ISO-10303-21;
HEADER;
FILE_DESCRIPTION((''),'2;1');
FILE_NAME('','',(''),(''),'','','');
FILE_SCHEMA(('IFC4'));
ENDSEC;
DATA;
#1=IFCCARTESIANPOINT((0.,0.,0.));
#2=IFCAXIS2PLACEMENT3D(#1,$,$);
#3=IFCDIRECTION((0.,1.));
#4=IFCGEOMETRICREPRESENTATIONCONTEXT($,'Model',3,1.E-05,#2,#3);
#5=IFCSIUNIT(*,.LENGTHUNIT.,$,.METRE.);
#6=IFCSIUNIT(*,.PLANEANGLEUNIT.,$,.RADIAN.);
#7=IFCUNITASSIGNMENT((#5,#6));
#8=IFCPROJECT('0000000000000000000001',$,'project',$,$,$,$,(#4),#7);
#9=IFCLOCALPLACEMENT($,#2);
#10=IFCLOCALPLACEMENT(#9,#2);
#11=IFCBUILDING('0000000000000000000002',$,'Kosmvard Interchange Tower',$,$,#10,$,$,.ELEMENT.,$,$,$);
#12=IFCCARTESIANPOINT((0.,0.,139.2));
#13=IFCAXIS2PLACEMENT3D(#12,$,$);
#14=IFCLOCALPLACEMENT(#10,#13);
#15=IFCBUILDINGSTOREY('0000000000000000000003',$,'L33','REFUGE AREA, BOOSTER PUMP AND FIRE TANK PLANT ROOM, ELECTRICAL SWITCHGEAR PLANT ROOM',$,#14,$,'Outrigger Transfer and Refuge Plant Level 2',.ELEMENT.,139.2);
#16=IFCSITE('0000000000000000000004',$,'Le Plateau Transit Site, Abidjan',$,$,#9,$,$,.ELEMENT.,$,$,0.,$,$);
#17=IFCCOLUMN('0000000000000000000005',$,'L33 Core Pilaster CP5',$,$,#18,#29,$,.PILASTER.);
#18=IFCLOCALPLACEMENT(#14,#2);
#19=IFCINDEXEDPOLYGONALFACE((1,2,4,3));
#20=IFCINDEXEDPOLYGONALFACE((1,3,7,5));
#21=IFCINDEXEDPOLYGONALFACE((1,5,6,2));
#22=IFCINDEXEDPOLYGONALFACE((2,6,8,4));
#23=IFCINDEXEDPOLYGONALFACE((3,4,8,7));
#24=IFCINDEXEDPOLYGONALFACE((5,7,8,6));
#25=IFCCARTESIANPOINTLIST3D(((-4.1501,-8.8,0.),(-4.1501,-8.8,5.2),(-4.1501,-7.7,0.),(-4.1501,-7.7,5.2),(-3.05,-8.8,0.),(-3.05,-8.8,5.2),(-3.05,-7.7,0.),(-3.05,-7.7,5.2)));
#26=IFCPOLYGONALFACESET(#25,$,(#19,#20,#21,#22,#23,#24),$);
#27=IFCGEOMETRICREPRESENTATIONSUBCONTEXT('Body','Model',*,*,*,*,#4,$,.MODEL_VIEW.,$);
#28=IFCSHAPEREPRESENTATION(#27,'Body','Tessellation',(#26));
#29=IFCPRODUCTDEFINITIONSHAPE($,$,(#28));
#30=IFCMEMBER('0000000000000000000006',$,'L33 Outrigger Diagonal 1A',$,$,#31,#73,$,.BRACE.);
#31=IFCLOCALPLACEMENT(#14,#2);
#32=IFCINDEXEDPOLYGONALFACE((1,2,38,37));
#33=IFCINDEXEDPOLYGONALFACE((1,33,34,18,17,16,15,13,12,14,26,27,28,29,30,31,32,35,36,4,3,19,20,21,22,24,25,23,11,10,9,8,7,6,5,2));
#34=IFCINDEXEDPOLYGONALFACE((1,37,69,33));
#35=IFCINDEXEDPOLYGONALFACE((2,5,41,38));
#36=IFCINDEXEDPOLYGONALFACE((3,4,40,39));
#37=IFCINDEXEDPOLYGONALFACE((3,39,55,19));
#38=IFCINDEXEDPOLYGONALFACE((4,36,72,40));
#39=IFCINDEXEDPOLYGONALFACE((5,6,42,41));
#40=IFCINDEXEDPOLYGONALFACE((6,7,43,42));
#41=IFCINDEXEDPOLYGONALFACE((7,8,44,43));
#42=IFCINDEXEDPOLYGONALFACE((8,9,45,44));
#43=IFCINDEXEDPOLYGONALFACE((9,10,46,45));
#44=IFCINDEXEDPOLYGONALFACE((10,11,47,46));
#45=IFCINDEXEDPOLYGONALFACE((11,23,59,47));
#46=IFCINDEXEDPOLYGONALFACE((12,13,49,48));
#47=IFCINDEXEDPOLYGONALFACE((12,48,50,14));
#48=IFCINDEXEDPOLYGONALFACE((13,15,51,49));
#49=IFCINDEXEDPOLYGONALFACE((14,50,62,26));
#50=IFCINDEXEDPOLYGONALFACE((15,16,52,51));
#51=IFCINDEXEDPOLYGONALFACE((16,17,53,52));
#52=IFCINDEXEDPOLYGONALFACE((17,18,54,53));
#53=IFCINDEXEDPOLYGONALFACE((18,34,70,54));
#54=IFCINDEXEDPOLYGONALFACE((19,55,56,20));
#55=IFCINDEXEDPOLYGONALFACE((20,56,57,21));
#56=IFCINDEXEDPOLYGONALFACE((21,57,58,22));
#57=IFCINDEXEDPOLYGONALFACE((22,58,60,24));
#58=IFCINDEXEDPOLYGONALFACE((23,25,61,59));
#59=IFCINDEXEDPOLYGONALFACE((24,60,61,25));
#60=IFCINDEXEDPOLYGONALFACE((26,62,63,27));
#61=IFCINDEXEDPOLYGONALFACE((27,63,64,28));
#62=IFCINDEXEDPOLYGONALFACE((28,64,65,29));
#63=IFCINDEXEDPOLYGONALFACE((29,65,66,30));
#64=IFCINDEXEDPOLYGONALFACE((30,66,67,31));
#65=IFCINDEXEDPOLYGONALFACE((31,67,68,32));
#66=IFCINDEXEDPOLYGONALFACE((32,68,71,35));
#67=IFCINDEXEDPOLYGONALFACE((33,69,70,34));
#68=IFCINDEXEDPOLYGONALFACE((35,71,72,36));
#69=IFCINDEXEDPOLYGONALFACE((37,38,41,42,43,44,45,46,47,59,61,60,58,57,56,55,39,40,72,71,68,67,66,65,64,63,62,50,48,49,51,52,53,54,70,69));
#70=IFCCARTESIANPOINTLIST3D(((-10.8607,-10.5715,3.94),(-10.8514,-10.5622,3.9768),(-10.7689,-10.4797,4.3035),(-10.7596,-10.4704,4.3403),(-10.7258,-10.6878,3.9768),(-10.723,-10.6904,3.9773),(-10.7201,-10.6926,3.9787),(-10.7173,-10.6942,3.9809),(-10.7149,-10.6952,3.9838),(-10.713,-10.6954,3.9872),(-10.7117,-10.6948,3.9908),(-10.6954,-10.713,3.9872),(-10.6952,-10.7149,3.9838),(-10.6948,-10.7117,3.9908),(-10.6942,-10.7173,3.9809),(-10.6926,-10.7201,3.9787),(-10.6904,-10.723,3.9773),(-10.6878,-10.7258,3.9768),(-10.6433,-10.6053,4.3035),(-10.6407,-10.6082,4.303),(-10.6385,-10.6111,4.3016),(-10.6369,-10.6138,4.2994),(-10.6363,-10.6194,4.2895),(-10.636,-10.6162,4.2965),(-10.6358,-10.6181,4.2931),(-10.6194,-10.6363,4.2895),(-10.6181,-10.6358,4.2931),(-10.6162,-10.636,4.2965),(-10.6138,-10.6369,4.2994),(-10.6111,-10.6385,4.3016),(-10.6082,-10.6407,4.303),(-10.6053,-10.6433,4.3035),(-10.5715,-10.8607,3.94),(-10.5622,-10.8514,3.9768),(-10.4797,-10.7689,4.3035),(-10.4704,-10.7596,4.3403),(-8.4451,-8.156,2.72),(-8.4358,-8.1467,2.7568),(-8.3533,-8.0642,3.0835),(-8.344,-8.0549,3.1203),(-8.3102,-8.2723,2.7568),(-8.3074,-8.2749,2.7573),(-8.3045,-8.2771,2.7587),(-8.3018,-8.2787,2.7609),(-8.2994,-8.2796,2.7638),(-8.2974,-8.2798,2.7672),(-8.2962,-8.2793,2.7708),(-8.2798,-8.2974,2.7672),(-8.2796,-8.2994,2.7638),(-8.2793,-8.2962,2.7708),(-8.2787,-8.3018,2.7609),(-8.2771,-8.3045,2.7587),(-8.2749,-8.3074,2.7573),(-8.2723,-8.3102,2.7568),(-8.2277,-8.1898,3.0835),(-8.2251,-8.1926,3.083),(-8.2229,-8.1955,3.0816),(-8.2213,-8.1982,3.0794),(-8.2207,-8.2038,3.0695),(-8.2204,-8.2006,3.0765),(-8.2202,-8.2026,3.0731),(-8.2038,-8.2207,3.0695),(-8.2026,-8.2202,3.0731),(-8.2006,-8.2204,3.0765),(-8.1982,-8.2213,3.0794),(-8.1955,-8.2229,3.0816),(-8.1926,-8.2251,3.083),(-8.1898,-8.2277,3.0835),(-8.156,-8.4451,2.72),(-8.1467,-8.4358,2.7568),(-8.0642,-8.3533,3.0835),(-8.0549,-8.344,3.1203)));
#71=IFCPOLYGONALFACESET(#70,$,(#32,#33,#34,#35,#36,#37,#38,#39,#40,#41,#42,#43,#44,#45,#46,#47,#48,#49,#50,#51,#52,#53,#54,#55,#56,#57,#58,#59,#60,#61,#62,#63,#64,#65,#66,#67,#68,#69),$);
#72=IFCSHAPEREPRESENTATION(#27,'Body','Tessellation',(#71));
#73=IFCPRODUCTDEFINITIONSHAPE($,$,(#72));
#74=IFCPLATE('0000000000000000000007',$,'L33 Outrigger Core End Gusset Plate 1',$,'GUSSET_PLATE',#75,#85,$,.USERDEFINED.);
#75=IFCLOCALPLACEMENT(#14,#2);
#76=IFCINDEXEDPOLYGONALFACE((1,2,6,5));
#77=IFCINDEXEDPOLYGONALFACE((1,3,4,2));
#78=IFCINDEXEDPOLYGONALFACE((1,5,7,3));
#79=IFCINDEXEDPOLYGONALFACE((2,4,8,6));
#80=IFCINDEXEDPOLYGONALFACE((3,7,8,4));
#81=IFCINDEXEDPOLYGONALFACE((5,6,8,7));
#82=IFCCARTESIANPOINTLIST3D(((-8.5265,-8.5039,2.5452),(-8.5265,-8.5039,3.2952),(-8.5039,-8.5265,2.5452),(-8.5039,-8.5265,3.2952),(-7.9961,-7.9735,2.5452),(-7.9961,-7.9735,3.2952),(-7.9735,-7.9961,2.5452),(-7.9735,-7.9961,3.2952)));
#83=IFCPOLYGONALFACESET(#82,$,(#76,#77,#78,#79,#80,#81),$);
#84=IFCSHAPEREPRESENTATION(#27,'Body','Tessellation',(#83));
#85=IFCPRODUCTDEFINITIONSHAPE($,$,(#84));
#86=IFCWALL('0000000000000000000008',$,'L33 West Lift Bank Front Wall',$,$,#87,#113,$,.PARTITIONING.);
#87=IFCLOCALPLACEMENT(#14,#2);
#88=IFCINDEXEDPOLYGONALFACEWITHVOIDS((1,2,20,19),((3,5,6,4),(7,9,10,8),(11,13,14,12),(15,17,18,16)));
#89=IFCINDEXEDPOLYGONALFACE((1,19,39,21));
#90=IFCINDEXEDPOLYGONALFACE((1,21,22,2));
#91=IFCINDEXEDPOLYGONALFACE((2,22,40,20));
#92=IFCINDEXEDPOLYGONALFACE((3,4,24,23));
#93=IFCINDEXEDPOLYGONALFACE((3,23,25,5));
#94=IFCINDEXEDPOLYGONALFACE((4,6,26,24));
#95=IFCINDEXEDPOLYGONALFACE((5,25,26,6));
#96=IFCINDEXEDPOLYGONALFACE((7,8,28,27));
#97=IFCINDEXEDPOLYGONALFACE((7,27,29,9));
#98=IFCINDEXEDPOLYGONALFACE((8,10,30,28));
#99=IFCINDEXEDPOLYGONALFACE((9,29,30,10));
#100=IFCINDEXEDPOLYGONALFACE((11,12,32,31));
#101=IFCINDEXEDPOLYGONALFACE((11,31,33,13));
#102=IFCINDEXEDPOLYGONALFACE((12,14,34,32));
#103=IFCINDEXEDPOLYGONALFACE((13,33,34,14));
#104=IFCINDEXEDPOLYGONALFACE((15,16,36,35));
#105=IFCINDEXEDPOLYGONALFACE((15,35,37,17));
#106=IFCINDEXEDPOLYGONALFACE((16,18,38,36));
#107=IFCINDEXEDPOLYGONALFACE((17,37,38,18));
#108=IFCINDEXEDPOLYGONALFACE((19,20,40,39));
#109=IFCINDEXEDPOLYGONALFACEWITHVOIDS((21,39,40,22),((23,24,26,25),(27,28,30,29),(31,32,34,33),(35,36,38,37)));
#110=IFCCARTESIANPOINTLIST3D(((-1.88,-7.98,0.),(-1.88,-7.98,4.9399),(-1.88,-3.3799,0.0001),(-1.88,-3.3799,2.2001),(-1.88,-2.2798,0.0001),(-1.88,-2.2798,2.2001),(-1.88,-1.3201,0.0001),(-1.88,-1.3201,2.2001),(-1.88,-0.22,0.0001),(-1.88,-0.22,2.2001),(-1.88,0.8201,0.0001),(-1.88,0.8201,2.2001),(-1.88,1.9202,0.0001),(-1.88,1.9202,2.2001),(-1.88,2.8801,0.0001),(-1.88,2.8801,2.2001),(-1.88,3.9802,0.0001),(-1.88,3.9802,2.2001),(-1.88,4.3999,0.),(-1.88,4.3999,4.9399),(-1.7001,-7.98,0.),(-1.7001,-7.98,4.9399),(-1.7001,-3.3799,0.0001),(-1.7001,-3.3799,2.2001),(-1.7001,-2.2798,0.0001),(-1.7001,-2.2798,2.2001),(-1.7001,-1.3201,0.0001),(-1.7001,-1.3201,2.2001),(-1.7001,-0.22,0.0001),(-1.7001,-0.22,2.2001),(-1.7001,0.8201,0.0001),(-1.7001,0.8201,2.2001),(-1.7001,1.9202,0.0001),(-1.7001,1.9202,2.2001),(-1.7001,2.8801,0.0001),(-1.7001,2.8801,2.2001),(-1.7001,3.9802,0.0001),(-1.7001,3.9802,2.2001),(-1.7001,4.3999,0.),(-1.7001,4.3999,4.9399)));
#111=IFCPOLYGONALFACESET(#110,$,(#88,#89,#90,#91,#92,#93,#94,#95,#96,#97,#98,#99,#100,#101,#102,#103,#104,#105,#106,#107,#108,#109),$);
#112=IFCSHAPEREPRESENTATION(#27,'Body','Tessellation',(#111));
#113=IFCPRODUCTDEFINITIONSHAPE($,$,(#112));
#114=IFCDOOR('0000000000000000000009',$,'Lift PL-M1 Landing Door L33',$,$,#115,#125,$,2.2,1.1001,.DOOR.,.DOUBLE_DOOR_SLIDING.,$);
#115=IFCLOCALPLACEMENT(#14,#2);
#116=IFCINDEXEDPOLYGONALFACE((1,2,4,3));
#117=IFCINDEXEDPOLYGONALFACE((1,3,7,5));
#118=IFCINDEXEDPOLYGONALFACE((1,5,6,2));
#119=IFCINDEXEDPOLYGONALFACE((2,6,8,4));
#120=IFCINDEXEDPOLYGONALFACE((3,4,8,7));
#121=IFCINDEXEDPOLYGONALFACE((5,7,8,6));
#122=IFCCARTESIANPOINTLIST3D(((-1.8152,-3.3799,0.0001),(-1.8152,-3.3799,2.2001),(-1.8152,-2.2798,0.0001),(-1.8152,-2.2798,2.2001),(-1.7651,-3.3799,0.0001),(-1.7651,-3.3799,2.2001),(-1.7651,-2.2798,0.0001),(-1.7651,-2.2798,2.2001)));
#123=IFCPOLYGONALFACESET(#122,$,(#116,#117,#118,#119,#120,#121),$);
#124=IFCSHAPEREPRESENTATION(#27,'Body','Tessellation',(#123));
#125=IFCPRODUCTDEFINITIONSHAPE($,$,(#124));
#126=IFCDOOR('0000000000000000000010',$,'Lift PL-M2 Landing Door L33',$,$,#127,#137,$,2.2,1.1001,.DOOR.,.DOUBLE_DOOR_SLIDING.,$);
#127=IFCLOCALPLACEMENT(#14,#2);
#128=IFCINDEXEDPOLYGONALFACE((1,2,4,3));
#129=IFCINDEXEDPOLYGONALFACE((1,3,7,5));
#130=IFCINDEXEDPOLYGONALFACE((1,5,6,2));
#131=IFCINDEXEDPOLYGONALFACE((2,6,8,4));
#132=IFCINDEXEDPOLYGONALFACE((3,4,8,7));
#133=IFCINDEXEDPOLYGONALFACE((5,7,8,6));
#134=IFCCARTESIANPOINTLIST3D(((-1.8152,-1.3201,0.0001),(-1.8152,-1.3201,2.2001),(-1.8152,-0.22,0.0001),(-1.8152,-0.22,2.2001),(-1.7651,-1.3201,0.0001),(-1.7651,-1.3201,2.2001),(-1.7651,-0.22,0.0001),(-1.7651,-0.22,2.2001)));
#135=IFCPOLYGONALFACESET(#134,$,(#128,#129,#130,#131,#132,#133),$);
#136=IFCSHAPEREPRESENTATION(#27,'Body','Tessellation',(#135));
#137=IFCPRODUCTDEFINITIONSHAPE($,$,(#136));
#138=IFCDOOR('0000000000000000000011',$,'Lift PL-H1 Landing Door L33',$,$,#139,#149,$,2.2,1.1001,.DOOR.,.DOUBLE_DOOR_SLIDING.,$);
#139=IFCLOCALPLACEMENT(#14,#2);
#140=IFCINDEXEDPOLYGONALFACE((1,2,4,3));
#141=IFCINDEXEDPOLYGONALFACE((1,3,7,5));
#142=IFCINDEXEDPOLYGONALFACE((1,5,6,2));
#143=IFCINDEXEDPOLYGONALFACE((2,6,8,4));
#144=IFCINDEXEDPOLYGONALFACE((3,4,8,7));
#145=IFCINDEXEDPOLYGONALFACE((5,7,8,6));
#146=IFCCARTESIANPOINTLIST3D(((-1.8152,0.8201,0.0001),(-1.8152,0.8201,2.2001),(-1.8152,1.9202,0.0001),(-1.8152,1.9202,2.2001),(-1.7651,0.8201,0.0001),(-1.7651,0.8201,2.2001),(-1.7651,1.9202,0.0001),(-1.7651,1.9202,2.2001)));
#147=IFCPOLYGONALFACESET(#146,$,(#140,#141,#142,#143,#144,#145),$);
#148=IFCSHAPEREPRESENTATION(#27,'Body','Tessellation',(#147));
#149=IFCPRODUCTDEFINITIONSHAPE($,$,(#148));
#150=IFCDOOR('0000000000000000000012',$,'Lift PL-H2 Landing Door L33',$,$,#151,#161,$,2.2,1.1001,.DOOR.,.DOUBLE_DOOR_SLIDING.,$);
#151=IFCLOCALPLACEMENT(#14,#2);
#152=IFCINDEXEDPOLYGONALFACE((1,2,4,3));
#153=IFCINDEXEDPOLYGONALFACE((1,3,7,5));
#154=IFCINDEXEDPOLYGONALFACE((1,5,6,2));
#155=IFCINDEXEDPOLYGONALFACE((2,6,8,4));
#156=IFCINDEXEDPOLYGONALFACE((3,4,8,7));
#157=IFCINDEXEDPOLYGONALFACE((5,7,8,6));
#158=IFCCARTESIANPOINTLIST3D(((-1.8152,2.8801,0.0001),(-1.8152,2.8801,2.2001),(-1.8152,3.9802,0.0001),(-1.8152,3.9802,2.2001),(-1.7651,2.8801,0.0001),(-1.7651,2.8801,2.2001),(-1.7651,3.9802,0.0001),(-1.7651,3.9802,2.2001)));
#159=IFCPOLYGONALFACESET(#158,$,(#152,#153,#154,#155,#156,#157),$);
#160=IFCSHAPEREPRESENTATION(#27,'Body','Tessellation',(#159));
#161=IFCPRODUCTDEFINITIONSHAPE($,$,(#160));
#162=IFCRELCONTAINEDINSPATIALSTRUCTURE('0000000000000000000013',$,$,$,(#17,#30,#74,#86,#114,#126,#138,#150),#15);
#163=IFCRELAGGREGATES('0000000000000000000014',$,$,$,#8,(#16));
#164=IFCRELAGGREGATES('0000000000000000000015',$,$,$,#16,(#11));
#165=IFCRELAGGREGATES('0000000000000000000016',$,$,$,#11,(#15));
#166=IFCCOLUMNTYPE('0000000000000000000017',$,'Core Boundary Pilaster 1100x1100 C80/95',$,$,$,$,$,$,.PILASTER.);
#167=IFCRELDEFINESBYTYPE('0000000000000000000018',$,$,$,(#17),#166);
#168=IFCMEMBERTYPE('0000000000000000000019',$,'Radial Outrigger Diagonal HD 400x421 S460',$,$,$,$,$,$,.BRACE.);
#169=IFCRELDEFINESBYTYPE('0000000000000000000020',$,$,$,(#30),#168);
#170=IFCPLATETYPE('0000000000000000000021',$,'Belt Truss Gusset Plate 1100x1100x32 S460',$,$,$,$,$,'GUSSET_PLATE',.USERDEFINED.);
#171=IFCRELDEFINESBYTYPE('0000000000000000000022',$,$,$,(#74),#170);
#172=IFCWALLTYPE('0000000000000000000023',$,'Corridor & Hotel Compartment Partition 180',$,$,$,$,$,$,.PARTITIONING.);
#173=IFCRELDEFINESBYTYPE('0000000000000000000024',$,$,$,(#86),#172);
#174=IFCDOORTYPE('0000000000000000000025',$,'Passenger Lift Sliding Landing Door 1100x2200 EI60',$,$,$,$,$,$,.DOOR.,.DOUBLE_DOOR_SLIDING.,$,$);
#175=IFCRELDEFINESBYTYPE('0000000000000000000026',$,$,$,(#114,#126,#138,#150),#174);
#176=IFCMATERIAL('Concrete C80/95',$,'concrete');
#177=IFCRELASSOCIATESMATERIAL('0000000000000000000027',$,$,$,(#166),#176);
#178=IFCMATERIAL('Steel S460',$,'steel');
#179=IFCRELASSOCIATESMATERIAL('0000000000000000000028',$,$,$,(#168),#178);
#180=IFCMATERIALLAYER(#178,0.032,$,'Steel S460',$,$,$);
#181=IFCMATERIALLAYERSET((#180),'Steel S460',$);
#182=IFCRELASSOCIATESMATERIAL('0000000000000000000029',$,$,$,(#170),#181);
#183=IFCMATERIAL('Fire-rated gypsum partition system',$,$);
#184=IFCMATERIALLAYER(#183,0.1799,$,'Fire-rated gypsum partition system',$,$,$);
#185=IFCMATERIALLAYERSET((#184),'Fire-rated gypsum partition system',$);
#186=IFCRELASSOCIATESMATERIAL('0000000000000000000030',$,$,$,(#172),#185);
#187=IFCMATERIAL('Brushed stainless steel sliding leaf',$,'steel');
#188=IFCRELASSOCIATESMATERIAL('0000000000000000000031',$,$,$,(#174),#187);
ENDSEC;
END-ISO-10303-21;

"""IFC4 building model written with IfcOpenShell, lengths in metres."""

from ifc_helpers import new_model, si_unit, direction, frame, frame_2d, origin, origin_2d, place, context, subcontext, project, spatial, rectangle, i_section, extrude, source, transform, mapped, material, layer, layer_set, material_profile, profile_set, type_object, element, fill, save


model = new_model("IFC4")

# Units and contexts
model_context = context("Model", 3, precision=1e-05, world=origin(), true_north=direction((0.0, 1.0)))
body_context = subcontext(model_context, "Body", "Model", "MODEL_VIEW")
ifc_project = project(units=[si_unit("LENGTHUNIT", "METRE"), si_unit("PLANEANGLEUNIT", "RADIAN")], contexts=[model_context])

# Site, building, storey
site_placement = place(None, origin())
site = spatial("IfcSite", under=ifc_project, at=site_placement, Name="Le Plateau Transit Site, Abidjan", CompositionType="ELEMENT", RefElevation=0.0)
building_placement = place(site_placement, origin())
building = spatial("IfcBuilding", under=site, at=building_placement, Name="Kosmvard Interchange Tower", CompositionType="ELEMENT")
storey_placement = place(building_placement, frame((0.0, 0.0, 139.2)))
storey = spatial("IfcBuildingStorey", under=building, at=storey_placement, Name="L33", Description="REFUGE AREA, BOOSTER PUMP AND FIRE TANK PLANT ROOM, ELECTRICAL SWITCHGEAR PLANT ROOM", LongName="Outrigger Transfer and Refuge Plant Level 2", CompositionType="ELEMENT", Elevation=139.2)

# Column
ifc_material_1 = material(Name="Concrete C80/95", Category="concrete")
ifc_material_profile_1 = material_profile(ifc_material_1, rectangle(XDim=1.1001, YDim=1.1001, at=origin_2d()), Name="CP 1100x1100")
ifc_profile_set_1 = profile_set([ifc_material_profile_1], Name="Concrete C80/95")
column_type = type_object("IfcColumnType", Name="Core Boundary Pilaster 1100x1100 C80/95", PredefinedType="PILASTER", material=ifc_profile_set_1)
shared_shape_1 = source(origin(), body_context, "Body", "SweptSolid", [
    extrude(rectangle(XDim=1.1001, YDim=1.1001, at=origin_2d()), origin(), (0.0, 0.0, 1.0), 5.2),
])
column_placement = place(storey_placement, frame((-3.6001, -8.25, 0.0), z_axis=(0.0, 0.0, 1.0), x_axis=(1.0, 0.0, 0.0)))
element("IfcColumn", 1, at=column_placement, inside=storey, type_object=column_type, Name="L33 Core Pilaster CP5", PredefinedType="PILASTER", context=body_context, shape_type="MappedRepresentation", body=[
    mapped(shared_shape_1, transform((0.0, 0.0, 0.0), scale=1.0)),
])

# Member
ifc_material_2 = material(Name="Steel S460", Category="steel")
ifc_material_profile_2 = material_profile(ifc_material_2, i_section(OverallWidth=0.4089, OverallDepth=0.425, WebThickness=0.0239, FlangeThickness=0.0391, FilletRadius=0.0149, at=origin_2d()), Name="HD 400x421")
ifc_profile_set_2 = profile_set([ifc_material_profile_2], Name="Steel S460")
member_type = type_object("IfcMemberType", Name="Radial Outrigger Diagonal HD 400x421 S460", PredefinedType="BRACE", material=ifc_profile_set_2)
shared_shape_2 = source(origin(), body_context, "Body", "SweptSolid", [
    extrude(i_section(OverallWidth=0.4089, OverallDepth=0.425, WebThickness=0.0239, FlangeThickness=0.0391, FilletRadius=0.0149, at=origin_2d()), origin(), (0.0, 0.0, 1.0), 3.6274),
])
member_placement = place(storey_placement, frame((-8.25, -8.25, 2.9202), z_axis=(-0.665915, -0.665915, 0.336323), x_axis=(0.707107, -0.707107, 0.0)))
element("IfcMember", 2, at=member_placement, inside=storey, type_object=member_type, Name="L33 Outrigger Diagonal 1A", PredefinedType="BRACE", context=body_context, shape_type="MappedRepresentation", body=[
    mapped(shared_shape_2, transform((0.0, 0.0, 0.0), scale=1.0)),
])

# Plate
ifc_layer_1 = layer(ifc_material_2, 0.032, Name="Steel S460")
ifc_layer_set_1 = layer_set([ifc_layer_1], Name="Steel S460")
plate_type = type_object("IfcPlateType", Name="Belt Truss Gusset Plate 1100x1100x32 S460", ElementType="GUSSET_PLATE", PredefinedType="USERDEFINED", material=ifc_layer_set_1)
shared_shape_3 = source(origin(), body_context, "Body", "SweptSolid", [
    extrude(rectangle(XDim=0.75, YDim=0.032, at=origin_2d()), origin(), (0.0, 0.0, 1.0), 0.75),
])
plate_placement = place(storey_placement, frame((-8.25, -8.25, 2.5452), z_axis=(0.0, 0.0, 1.0), x_axis=(0.707107, 0.707107, 0.0)))
element("IfcPlate", 3, at=plate_placement, inside=storey, type_object=plate_type, Name="L33 Outrigger Core End Gusset Plate 1", ObjectType="GUSSET_PLATE", PredefinedType="USERDEFINED", context=body_context, shape_type="MappedRepresentation", body=[
    mapped(shared_shape_3, transform((0.0, 0.0, 0.0), scale=1.0)),
])

# Wall, openings, doors
ifc_material_3 = material(Name="Fire-rated gypsum partition system")
ifc_layer_2 = layer(ifc_material_3, 0.1799, Name="Fire-rated gypsum partition system")
ifc_layer_set_2 = layer_set([ifc_layer_2], Name="Fire-rated gypsum partition system")
wall_type_1 = type_object("IfcWallType", Name="Corridor & Hotel Compartment Partition 180", PredefinedType="PARTITIONING", material=ifc_layer_set_2)
wall_1_placement = place(storey_placement, frame((-1.79, -7.98, 0.0), z_axis=(0.0, 0.0, 1.0), x_axis=(0.0, 1.0, 0.0)))
wall_1 = element("IfcWall", 4, at=wall_1_placement, inside=storey, type_object=wall_type_1, Name="L33 West Lift Bank Front Wall", PredefinedType="PARTITIONING", context=body_context, shape_type="SweptSolid", body=[
    extrude(rectangle(XDim=12.3799, YDim=0.1799, at=frame_2d((6.1899, 0.0))), origin(), (0.0, 0.0, 1.0), 4.9399),
])
opening_1_placement = place(wall_1_placement, frame((4.6001, 0.0, 0.0)))
opening_1 = element("IfcOpeningElement", 5, at=opening_1_placement, cuts=wall_1, PredefinedType="OPENING", context=body_context, shape_type="SweptSolid", body=[
    extrude(rectangle(XDim=1.1001, YDim=2.2, at=frame_2d((0.55, 1.1001))), frame((0.0, 0.1001, 0.0), z_axis=(0.0, -1.0, 0.0), x_axis=(1.0, 0.0, 0.0)), (0.0, 0.0, 1.0), 0.2),
])
opening_2_placement = place(wall_1_placement, frame((6.6599, 0.0, 0.0)))
opening_2 = element("IfcOpeningElement", 6, at=opening_2_placement, cuts=wall_1, PredefinedType="OPENING", context=body_context, shape_type="SweptSolid", body=[
    extrude(rectangle(XDim=1.1001, YDim=2.2, at=frame_2d((0.55, 1.1001))), frame((0.0, 0.1001, 0.0), z_axis=(0.0, -1.0, 0.0), x_axis=(1.0, 0.0, 0.0)), (0.0, 0.0, 1.0), 0.2),
])
opening_3_placement = place(wall_1_placement, frame((8.8, 0.0, 0.0)))
opening_3 = element("IfcOpeningElement", 7, at=opening_3_placement, cuts=wall_1, PredefinedType="OPENING", context=body_context, shape_type="SweptSolid", body=[
    extrude(rectangle(XDim=1.1001, YDim=2.2, at=frame_2d((0.55, 1.1001))), frame((0.0, 0.1001, 0.0), z_axis=(0.0, -1.0, 0.0), x_axis=(1.0, 0.0, 0.0)), (0.0, 0.0, 1.0), 0.2),
])
opening_4_placement = place(wall_1_placement, frame((10.8601, 0.0, 0.0)))
opening_4 = element("IfcOpeningElement", 8, at=opening_4_placement, cuts=wall_1, PredefinedType="OPENING", context=body_context, shape_type="SweptSolid", body=[
    extrude(rectangle(XDim=1.1001, YDim=2.2, at=frame_2d((0.55, 1.1001))), frame((0.0, 0.1001, 0.0), z_axis=(0.0, -1.0, 0.0), x_axis=(1.0, 0.0, 0.0)), (0.0, 0.0, 1.0), 0.2),
])
ifc_material_4 = material(Name="Brushed stainless steel sliding leaf", Category="steel")
door_type_1 = type_object("IfcDoorType", Name="Passenger Lift Sliding Landing Door 1100x2200 EI60", OperationType="DOUBLE_DOOR_SLIDING", PredefinedType="DOOR", material=ifc_material_4)
shared_shape_4 = source(origin(), body_context, "Body", "SweptSolid", [
    extrude(rectangle(XDim=1.1001, YDim=2.2, at=frame_2d((0.55, 1.1001))), frame((0.0, 0.0249, 0.0), z_axis=(0.0, -1.0, 0.0), x_axis=(1.0, 0.0, 0.0)), (0.0, 0.0, 1.0), 0.05),
])
door_1_placement = place(opening_1_placement, frame((1.1001, 0.0, 0.0), z_axis=(0.0, 0.0, 1.0), x_axis=(-1.0, 0.0, 0.0)))
door_1 = element("IfcDoor", 9, at=door_1_placement, inside=storey, type_object=door_type_1, Name="Lift PL-M1 Landing Door L33", OperationType="DOUBLE_DOOR_SLIDING", OverallHeight=2.2, OverallWidth=1.1001, PredefinedType="DOOR", context=body_context, shape_type="MappedRepresentation", body=[
    mapped(shared_shape_4, transform((0.0, 0.0, 0.0), scale=1.0)),
])
fill(opening_1, door_1)
door_2_placement = place(opening_2_placement, frame((1.1001, 0.0, 0.0), z_axis=(0.0, 0.0, 1.0), x_axis=(-1.0, 0.0, 0.0)))
door_2 = element("IfcDoor", 10, at=door_2_placement, inside=storey, type_object=door_type_1, Name="Lift PL-M2 Landing Door L33", OperationType="DOUBLE_DOOR_SLIDING", OverallHeight=2.2, OverallWidth=1.1001, PredefinedType="DOOR", context=body_context, shape_type="MappedRepresentation", body=[
    mapped(shared_shape_4, transform((0.0, 0.0, 0.0), scale=1.0)),
])
fill(opening_2, door_2)
door_3_placement = place(opening_3_placement, frame((1.1001, 0.0, 0.0), z_axis=(0.0, 0.0, 1.0), x_axis=(-1.0, 0.0, 0.0)))
door_3 = element("IfcDoor", 11, at=door_3_placement, inside=storey, type_object=door_type_1, Name="Lift PL-H1 Landing Door L33", OperationType="DOUBLE_DOOR_SLIDING", OverallHeight=2.2, OverallWidth=1.1001, PredefinedType="DOOR", context=body_context, shape_type="MappedRepresentation", body=[
    mapped(shared_shape_4, transform((0.0, 0.0, 0.0), scale=1.0)),
])
fill(opening_3, door_3)
door_4_placement = place(opening_4_placement, frame((1.1001, 0.0, 0.0), z_axis=(0.0, 0.0, 1.0), x_axis=(-1.0, 0.0, 0.0)))
door_4 = element("IfcDoor", 12, at=door_4_placement, inside=storey, type_object=door_type_1, Name="Lift PL-H2 Landing Door L33", OperationType="DOUBLE_DOOR_SLIDING", OverallHeight=2.2, OverallWidth=1.1001, PredefinedType="DOOR", context=body_context, shape_type="MappedRepresentation", body=[
    mapped(shared_shape_4, transform((0.0, 0.0, 0.0), scale=1.0)),
])
fill(opening_4, door_4)

save(model, "model.ifc")
